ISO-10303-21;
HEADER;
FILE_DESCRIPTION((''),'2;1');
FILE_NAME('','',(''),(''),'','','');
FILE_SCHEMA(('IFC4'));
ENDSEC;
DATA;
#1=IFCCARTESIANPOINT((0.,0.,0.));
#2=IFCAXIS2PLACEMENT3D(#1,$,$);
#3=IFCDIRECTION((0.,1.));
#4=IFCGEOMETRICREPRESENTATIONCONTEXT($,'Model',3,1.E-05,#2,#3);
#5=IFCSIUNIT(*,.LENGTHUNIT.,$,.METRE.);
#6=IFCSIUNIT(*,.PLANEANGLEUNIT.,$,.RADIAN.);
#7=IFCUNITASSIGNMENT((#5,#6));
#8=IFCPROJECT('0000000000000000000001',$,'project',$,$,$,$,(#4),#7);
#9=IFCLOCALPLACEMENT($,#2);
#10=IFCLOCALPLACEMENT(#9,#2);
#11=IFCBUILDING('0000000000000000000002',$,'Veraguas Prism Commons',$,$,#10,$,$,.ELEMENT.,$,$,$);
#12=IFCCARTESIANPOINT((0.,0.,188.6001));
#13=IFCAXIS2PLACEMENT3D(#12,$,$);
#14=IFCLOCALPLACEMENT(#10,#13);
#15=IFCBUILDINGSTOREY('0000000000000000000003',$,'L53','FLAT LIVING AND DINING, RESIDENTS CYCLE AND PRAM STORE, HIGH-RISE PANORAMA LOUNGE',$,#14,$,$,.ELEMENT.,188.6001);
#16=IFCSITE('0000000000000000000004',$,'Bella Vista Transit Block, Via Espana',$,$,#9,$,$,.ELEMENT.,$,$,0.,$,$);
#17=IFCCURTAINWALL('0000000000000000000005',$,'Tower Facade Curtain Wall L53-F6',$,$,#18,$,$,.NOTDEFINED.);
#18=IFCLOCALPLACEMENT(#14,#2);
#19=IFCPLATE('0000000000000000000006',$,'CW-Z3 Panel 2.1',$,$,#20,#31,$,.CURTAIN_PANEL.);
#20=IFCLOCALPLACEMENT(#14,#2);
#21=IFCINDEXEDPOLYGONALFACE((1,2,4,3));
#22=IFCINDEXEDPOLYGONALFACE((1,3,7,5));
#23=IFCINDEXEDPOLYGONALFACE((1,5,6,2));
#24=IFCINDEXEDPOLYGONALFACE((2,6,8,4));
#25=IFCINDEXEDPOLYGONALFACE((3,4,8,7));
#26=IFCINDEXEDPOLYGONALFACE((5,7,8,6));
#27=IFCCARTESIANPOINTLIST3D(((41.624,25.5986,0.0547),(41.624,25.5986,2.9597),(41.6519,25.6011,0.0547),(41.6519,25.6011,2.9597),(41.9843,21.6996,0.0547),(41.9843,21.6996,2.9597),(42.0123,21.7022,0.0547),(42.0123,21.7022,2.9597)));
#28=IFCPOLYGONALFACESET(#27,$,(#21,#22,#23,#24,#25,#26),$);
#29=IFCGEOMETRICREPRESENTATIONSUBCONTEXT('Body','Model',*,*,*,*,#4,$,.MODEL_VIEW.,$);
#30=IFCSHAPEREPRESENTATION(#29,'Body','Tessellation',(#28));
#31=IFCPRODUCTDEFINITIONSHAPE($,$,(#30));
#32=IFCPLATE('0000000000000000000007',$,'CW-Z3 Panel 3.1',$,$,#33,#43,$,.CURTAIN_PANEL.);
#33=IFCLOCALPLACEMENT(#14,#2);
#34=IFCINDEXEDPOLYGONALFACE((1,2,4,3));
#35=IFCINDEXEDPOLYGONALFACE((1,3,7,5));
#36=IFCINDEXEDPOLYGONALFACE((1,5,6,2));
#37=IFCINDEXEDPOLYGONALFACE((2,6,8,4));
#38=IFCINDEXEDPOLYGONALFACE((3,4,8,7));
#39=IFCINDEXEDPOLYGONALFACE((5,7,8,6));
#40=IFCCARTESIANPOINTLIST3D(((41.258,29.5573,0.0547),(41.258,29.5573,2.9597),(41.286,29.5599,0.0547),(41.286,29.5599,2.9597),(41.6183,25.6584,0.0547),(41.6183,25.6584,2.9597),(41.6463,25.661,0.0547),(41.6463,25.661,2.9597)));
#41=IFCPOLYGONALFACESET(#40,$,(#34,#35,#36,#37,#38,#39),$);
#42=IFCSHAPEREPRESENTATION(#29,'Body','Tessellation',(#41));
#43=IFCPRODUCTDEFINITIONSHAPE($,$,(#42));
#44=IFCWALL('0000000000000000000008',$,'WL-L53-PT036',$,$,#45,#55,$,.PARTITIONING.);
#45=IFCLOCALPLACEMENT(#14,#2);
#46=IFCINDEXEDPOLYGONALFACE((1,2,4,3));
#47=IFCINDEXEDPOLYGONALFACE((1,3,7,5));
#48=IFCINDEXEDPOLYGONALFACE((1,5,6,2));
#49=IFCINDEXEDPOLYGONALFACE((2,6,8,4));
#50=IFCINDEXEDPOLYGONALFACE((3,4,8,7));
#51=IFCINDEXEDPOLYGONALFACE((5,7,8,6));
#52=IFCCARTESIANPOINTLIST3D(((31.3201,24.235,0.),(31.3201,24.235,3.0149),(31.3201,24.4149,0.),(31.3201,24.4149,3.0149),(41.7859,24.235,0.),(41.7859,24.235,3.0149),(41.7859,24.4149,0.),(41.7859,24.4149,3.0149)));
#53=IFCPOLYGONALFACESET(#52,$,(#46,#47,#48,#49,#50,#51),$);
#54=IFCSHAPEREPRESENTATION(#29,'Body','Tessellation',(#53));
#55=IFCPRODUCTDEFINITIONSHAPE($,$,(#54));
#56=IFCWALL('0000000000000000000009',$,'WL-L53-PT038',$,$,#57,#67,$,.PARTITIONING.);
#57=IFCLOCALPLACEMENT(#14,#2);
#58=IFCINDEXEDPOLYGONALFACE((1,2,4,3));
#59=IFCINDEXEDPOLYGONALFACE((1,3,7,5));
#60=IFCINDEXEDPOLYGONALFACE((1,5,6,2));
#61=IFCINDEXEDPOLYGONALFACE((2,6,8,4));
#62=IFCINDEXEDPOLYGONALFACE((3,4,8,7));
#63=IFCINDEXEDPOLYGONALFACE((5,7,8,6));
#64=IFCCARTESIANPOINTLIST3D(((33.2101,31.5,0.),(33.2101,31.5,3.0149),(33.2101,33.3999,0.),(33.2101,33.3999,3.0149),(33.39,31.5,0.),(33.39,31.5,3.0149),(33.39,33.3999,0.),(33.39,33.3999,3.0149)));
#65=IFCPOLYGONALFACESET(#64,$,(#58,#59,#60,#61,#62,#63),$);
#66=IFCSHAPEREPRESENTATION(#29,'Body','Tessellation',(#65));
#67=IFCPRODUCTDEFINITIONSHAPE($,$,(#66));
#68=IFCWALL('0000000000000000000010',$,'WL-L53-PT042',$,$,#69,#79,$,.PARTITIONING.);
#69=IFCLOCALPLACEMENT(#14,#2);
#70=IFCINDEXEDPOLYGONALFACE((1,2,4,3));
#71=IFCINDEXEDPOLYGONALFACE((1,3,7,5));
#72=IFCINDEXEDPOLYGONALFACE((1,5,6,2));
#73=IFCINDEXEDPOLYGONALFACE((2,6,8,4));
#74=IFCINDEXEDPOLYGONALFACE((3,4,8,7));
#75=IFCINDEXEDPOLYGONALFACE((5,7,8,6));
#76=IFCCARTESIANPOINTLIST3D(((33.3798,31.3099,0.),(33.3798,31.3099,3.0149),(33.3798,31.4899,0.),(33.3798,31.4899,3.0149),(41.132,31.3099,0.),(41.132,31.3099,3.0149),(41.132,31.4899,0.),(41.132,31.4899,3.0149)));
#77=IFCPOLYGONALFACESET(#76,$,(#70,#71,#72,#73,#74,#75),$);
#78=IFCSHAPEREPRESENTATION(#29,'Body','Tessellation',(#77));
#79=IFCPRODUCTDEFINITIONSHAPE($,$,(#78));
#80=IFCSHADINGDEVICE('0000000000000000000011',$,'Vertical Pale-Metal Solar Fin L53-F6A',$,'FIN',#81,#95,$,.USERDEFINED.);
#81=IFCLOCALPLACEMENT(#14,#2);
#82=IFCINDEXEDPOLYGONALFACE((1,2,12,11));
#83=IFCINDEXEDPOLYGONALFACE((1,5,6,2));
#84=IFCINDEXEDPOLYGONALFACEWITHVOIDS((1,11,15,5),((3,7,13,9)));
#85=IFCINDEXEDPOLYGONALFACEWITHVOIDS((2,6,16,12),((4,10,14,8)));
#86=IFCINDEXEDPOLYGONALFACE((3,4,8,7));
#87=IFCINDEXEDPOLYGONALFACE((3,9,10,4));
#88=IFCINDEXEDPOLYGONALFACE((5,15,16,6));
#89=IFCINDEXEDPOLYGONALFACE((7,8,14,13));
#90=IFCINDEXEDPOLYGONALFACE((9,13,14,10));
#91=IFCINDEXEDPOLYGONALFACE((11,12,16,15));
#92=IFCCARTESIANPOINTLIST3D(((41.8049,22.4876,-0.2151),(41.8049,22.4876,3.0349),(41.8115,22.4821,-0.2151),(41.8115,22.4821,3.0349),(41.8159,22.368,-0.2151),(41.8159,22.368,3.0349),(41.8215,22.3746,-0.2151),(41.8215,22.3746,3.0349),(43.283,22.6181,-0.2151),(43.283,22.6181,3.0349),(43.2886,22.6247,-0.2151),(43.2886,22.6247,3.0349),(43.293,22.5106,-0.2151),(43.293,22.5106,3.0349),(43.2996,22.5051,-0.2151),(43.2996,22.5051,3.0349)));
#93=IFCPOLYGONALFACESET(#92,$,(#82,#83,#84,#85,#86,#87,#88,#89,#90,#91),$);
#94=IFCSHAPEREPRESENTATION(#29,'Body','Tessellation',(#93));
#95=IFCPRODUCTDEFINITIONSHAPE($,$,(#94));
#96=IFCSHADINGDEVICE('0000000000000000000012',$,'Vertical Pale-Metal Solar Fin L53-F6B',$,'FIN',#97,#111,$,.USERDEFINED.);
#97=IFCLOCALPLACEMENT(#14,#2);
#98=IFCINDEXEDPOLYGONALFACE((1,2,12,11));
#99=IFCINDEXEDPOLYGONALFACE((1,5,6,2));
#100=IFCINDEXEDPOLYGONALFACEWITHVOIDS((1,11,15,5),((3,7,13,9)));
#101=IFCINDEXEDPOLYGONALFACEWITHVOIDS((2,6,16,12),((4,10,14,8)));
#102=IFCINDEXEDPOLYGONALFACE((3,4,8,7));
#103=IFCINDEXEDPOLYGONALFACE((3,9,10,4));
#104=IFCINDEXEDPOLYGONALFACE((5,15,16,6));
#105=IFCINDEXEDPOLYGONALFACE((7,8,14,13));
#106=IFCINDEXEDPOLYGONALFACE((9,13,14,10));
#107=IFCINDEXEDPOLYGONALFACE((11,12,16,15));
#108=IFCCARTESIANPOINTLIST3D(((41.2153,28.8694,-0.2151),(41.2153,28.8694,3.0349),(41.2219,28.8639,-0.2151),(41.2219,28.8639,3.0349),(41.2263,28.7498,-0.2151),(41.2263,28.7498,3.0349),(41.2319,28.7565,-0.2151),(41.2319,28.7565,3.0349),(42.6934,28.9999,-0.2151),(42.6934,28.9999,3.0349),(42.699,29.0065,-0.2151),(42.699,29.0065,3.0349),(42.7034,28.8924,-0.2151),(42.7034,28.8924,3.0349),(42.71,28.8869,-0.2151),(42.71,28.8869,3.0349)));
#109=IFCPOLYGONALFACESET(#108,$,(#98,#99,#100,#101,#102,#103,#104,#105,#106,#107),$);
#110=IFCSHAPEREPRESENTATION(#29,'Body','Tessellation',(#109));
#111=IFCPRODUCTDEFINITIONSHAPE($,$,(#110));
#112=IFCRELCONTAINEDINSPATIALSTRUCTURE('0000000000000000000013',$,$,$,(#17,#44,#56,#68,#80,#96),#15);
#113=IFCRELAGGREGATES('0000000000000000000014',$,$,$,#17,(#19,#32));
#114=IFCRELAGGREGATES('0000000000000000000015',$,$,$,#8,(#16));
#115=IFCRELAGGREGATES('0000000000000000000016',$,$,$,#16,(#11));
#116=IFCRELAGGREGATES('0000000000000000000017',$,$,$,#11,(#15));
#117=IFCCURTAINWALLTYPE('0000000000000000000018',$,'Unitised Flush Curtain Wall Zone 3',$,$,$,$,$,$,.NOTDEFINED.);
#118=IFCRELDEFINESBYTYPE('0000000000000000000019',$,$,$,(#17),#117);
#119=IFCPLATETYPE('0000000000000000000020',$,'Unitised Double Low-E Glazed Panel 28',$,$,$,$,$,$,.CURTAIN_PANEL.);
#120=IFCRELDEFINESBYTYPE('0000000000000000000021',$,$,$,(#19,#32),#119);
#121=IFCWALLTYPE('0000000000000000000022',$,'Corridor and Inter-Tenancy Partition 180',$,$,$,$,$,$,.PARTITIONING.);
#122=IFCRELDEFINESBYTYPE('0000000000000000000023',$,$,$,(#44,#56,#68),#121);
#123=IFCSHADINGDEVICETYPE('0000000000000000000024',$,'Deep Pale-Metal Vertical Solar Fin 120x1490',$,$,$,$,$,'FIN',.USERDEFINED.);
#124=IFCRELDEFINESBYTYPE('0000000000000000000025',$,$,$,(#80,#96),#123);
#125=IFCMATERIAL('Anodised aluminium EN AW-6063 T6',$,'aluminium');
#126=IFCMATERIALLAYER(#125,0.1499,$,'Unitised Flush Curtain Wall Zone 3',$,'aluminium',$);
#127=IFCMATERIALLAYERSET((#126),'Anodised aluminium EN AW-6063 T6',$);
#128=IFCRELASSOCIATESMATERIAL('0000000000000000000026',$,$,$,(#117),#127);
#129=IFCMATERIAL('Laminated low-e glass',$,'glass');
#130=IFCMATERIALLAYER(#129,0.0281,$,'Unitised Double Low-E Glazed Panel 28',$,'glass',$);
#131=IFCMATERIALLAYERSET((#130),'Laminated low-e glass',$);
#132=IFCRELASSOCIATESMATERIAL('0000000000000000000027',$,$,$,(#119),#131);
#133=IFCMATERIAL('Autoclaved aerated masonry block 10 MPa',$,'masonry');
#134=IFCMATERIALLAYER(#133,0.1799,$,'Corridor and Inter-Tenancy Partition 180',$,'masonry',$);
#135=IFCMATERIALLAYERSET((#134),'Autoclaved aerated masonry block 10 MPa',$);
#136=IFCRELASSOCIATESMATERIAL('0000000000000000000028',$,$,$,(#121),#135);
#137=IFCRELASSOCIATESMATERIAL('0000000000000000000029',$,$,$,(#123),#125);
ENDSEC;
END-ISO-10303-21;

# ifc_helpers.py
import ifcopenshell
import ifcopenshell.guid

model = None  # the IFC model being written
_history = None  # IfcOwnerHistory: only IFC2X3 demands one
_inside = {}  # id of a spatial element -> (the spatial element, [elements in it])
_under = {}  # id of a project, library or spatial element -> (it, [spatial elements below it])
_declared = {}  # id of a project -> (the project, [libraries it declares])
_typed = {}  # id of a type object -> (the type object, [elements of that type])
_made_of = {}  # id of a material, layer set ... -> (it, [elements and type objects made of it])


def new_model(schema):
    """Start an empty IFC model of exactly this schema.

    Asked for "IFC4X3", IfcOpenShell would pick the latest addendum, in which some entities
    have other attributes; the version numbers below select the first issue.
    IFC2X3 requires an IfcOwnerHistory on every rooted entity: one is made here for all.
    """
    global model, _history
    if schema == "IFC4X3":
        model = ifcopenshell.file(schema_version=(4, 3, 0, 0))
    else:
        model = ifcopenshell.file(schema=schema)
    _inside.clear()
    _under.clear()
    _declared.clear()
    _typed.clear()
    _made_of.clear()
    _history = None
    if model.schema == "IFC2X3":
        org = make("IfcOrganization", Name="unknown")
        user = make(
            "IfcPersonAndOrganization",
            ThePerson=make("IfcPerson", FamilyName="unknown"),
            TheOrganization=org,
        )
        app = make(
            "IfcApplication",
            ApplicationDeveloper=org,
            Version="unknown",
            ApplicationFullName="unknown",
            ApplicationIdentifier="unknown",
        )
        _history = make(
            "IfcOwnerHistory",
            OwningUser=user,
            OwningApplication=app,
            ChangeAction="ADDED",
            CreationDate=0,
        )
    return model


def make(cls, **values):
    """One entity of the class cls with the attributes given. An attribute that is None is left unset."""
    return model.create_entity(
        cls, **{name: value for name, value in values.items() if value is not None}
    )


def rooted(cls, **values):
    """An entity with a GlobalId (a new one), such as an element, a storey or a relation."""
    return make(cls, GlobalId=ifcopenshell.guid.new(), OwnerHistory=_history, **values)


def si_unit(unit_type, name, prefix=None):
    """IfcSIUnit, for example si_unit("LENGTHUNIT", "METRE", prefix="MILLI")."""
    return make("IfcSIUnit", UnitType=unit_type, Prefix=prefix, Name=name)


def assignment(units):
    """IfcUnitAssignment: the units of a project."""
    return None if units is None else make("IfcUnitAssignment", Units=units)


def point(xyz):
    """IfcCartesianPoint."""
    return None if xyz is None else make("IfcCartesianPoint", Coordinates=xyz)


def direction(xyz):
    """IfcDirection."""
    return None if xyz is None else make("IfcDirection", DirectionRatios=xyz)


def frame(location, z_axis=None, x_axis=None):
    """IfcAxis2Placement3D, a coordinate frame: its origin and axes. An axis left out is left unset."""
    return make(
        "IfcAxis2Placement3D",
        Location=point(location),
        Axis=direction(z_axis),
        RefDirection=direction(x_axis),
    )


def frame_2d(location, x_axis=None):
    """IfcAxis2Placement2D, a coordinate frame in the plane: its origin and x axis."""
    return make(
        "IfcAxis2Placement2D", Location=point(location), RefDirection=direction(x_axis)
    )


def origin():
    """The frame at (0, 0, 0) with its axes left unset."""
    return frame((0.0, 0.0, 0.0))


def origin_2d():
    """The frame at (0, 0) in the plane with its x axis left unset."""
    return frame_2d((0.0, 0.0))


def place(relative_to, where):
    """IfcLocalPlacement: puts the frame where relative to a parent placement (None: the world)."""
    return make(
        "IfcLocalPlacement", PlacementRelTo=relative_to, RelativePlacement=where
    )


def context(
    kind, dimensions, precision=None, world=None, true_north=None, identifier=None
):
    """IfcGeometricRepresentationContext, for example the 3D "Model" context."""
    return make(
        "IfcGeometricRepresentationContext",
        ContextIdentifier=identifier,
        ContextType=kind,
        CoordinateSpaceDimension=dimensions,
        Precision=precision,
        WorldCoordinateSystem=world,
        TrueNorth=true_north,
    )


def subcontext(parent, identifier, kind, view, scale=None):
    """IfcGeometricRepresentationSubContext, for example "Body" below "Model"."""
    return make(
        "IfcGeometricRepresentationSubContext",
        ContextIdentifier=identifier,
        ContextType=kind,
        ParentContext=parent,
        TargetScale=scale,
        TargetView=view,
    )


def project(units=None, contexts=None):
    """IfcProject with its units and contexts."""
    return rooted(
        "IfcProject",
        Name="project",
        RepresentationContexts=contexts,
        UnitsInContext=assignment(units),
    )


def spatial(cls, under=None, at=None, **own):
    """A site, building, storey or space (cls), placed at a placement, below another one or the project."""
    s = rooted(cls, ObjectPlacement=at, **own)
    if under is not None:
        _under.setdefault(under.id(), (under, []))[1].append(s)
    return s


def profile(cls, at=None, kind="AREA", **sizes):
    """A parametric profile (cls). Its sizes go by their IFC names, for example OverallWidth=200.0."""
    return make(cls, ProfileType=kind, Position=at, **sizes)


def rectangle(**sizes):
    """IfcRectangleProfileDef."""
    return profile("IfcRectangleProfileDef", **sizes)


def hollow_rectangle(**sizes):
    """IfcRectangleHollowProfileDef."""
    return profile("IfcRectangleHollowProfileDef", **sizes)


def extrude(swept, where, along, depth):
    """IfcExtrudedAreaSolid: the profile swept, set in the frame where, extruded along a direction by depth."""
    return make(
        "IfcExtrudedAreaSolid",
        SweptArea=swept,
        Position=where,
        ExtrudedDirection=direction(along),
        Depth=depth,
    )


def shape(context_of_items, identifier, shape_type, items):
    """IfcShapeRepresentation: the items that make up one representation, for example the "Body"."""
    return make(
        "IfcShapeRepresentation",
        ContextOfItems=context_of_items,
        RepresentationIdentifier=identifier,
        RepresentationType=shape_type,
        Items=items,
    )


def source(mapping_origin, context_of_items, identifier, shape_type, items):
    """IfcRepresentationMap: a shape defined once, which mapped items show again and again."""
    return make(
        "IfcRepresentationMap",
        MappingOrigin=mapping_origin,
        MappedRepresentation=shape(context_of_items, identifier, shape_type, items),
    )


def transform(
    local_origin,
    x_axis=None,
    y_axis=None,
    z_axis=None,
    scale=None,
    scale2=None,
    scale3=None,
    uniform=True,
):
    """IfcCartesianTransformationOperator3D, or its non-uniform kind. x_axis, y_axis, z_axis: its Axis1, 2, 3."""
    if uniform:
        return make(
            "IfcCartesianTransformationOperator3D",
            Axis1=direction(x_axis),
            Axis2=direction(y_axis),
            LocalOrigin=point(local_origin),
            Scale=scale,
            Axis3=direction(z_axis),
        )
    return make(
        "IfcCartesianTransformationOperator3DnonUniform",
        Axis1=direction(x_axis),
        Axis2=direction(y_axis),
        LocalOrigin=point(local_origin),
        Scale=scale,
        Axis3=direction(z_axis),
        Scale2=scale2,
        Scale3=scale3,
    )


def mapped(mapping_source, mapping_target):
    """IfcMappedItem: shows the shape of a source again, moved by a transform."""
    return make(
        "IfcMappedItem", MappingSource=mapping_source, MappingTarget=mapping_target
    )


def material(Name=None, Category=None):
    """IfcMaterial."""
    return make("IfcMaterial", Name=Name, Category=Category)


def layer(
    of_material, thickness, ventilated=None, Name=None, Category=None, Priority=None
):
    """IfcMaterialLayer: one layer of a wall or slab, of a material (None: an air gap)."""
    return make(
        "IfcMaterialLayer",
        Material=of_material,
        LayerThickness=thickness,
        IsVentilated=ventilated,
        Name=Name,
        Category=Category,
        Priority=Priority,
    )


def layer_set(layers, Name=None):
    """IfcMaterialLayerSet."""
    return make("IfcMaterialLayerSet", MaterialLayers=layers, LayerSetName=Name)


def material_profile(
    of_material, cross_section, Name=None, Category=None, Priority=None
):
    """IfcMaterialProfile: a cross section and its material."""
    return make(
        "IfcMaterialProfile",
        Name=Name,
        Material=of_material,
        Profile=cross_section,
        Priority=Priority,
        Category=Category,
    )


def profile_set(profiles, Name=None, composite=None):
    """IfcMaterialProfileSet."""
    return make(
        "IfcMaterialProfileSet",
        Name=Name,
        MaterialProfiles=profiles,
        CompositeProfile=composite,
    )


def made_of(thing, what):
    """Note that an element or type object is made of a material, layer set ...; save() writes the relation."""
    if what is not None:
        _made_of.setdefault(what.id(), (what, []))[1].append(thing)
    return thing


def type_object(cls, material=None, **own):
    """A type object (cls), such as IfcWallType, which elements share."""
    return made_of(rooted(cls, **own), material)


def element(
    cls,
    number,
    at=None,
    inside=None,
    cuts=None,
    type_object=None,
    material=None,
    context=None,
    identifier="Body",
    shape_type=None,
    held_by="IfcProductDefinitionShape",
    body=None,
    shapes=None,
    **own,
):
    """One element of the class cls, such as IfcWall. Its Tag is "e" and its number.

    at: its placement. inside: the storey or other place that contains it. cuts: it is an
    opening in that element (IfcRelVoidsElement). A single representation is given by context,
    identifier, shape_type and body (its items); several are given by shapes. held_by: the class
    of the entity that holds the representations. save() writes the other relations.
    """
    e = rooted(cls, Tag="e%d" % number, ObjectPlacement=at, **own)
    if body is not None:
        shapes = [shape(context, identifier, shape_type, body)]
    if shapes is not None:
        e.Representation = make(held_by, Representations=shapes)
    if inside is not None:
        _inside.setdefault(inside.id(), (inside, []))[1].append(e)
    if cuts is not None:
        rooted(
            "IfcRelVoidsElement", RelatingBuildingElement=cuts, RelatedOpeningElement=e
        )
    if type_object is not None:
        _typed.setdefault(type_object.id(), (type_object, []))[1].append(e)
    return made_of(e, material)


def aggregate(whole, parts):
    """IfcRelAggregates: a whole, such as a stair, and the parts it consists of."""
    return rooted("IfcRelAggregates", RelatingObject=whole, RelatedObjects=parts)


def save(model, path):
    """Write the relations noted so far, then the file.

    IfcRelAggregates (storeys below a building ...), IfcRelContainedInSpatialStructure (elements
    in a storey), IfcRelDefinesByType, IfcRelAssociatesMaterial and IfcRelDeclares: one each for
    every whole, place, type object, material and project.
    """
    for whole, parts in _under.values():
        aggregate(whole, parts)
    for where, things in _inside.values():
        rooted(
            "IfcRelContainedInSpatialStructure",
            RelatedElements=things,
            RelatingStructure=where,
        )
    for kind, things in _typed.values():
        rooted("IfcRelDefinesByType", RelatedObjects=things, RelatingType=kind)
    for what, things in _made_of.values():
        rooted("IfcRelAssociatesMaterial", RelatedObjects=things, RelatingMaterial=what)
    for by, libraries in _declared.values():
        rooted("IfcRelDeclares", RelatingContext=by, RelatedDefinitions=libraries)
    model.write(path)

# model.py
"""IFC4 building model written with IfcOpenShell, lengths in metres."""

from ifc_helpers import new_model, si_unit, direction, frame, frame_2d, origin, origin_2d, place, context, subcontext, project, spatial, rectangle, hollow_rectangle, extrude, source, transform, mapped, material, layer, layer_set, material_profile, profile_set, type_object, element, aggregate, save


model = new_model("IFC4")

# Units and contexts
model_context = context("Model", 3, precision=1e-05, world=origin(), true_north=direction((0.0, 1.0)))
body_context = subcontext(model_context, "Body", "Model", "MODEL_VIEW")
ifc_project = project(units=[si_unit("LENGTHUNIT", "METRE"), si_unit("PLANEANGLEUNIT", "RADIAN")], contexts=[model_context])

# Site, building, storey
site_placement = place(None, origin())
site = spatial("IfcSite", under=ifc_project, at=site_placement, Name="Bella Vista Transit Block, Via Espana", CompositionType="ELEMENT", RefElevation=0.0)
building_placement = place(site_placement, origin())
building = spatial("IfcBuilding", under=site, at=building_placement, Name="Veraguas Prism Commons", CompositionType="ELEMENT")
storey_placement = place(building_placement, frame((0.0, 0.0, 188.6001)))
storey = spatial("IfcBuildingStorey", under=building, at=storey_placement, Name="L53", Description="FLAT LIVING AND DINING, RESIDENTS CYCLE AND PRAM STORE, HIGH-RISE PANORAMA LOUNGE", CompositionType="ELEMENT", Elevation=188.6001)

# Curtain wall, plates
ifc_material_1 = material(Name="Anodised aluminium EN AW-6063 T6", Category="aluminium")
ifc_layer_1 = layer(ifc_material_1, 0.1499, Name="Unitised Flush Curtain Wall Zone 3", Category="aluminium")
ifc_layer_set_1 = layer_set([ifc_layer_1], Name="Anodised aluminium EN AW-6063 T6")
curtain_wall_type = type_object("IfcCurtainWallType", Name="Unitised Flush Curtain Wall Zone 3", PredefinedType="NOTDEFINED", material=ifc_layer_set_1)
curtain_wall_placement = place(storey_placement, origin())
curtain_wall = element("IfcCurtainWall", 1, at=curtain_wall_placement, inside=storey, type_object=curtain_wall_type, Name="Tower Facade Curtain Wall L53-F6", PredefinedType="NOTDEFINED")
ifc_material_2 = material(Name="Laminated low-e glass", Category="glass")
ifc_layer_2 = layer(ifc_material_2, 0.0281, Name="Unitised Double Low-E Glazed Panel 28", Category="glass")
ifc_layer_set_2 = layer_set([ifc_layer_2], Name="Laminated low-e glass")
plate_type = type_object("IfcPlateType", Name="Unitised Double Low-E Glazed Panel 28", PredefinedType="CURTAIN_PANEL", material=ifc_layer_set_2)
shared_shape_1 = source(origin(), body_context, "Body", "SweptSolid", [
    extrude(rectangle(XDim=3.9155, YDim=0.0281, at=origin_2d()), origin(), (0.0, 0.0, 1.0), 2.905),
])
plate_1_placement = place(storey_placement, frame((41.8181, 23.6504, 0.0547), z_axis=(0.0, 0.0, 1.0), x_axis=(-0.092023, 0.995757, 0.0)))
plate_1 = element("IfcPlate", 2, at=plate_1_placement, type_object=plate_type, Name="CW-Z3 Panel 2.1", PredefinedType="CURTAIN_PANEL", context=body_context, shape_type="MappedRepresentation", body=[
    mapped(shared_shape_1, transform((0.0, 0.0, 0.0), scale=1.0)),
])
plate_2_placement = place(storey_placement, frame((41.4521, 27.6091, 0.0547), z_axis=(0.0, 0.0, 1.0), x_axis=(-0.092023, 0.995757, 0.0)))
plate_2 = element("IfcPlate", 3, at=plate_2_placement, type_object=plate_type, Name="CW-Z3 Panel 3.1", PredefinedType="CURTAIN_PANEL", context=body_context, shape_type="MappedRepresentation", body=[
    mapped(shared_shape_1, transform((0.0, 0.0, 0.0), scale=1.0)),
])
aggregate(curtain_wall, [plate_1, plate_2])

# Walls
ifc_material_3 = material(Name="Autoclaved aerated masonry block 10 MPa", Category="masonry")
ifc_layer_3 = layer(ifc_material_3, 0.1799, Name="Corridor and Inter-Tenancy Partition 180", Category="masonry")
ifc_layer_set_3 = layer_set([ifc_layer_3], Name="Autoclaved aerated masonry block 10 MPa")
wall_type = type_object("IfcWallType", Name="Corridor and Inter-Tenancy Partition 180", PredefinedType="PARTITIONING", material=ifc_layer_set_3)
wall_1_placement = place(storey_placement, frame((31.3201, 24.325, 0.0), z_axis=(0.0, 0.0, 1.0), x_axis=(1.0, 0.0, 0.0)))
element("IfcWall", 4, at=wall_1_placement, inside=storey, type_object=wall_type, Name="WL-L53-PT036", PredefinedType="PARTITIONING", context=body_context, shape_type="SweptSolid", body=[
    extrude(rectangle(XDim=10.4658, YDim=0.1799, at=frame_2d((5.2329, 0.0))), origin(), (0.0, 0.0, 1.0), 3.0149),
])
wall_2_placement = place(storey_placement, frame((33.3, 31.5, 0.0), z_axis=(0.0, 0.0, 1.0), x_axis=(0.0, 1.0, 0.0)))
element("IfcWall", 5, at=wall_2_placement, inside=storey, type_object=wall_type, Name="WL-L53-PT038", PredefinedType="PARTITIONING", context=body_context, shape_type="SweptSolid", body=[
    extrude(rectangle(XDim=1.8999, YDim=0.1799, at=frame_2d((0.95, 0.0))), origin(), (0.0, 0.0, 1.0), 3.0149),
])
wall_3_placement = place(storey_placement, frame((33.3799, 31.3999, 0.0), z_axis=(0.0, 0.0, 1.0), x_axis=(1.0, 0.0, 0.0)))
element("IfcWall", 6, at=wall_3_placement, inside=storey, type_object=wall_type, Name="WL-L53-PT042", PredefinedType="PARTITIONING", context=body_context, shape_type="SweptSolid", body=[
    extrude(rectangle(XDim=7.7522, YDim=0.1799, at=frame_2d((3.876, 0.0))), origin(), (0.0, 0.0, 1.0), 3.0149),
])

# Shading devices
ifc_material_profile_1 = material_profile(ifc_material_1, hollow_rectangle(XDim=0.1201, YDim=1.49, WallThickness=0.0061, at=origin_2d()), Name="FIN120X1490X6")
ifc_profile_set_1 = profile_set([ifc_material_profile_1], Name="Anodised aluminium EN AW-6063 T6")
shading_device_type = type_object("IfcShadingDeviceType", Name="Deep Pale-Metal Vertical Solar Fin 120x1490", ElementType="FIN", PredefinedType="USERDEFINED", material=ifc_profile_set_1)
for number, where, z_axis, x_axis, name in (
    (7, (42.5522, 22.4963, -0.2151), (0.0, 0.0, 1.0), (-0.092021, 0.995757, 0.0), "Vertical Pale-Metal Solar Fin L53-F6A"),
    (8, (41.9626, 28.8782, -0.2151), (0.0, 0.0, 1.0), (-0.092021, 0.995757, 0.0), "Vertical Pale-Metal Solar Fin L53-F6B"),
):
    element("IfcShadingDevice", number, at=place(storey_placement, frame(where, z_axis=z_axis, x_axis=x_axis)), inside=storey, type_object=shading_device_type, Name=name, ObjectType="FIN", PredefinedType="USERDEFINED", context=body_context, shape_type="SweptSolid", body=[
        extrude(hollow_rectangle(XDim=0.1201, YDim=1.49, WallThickness=0.0061, at=origin_2d()), origin(), (0.0, 0.0, 1.0), 3.25),
    ])

save(model, "model.ifc")
